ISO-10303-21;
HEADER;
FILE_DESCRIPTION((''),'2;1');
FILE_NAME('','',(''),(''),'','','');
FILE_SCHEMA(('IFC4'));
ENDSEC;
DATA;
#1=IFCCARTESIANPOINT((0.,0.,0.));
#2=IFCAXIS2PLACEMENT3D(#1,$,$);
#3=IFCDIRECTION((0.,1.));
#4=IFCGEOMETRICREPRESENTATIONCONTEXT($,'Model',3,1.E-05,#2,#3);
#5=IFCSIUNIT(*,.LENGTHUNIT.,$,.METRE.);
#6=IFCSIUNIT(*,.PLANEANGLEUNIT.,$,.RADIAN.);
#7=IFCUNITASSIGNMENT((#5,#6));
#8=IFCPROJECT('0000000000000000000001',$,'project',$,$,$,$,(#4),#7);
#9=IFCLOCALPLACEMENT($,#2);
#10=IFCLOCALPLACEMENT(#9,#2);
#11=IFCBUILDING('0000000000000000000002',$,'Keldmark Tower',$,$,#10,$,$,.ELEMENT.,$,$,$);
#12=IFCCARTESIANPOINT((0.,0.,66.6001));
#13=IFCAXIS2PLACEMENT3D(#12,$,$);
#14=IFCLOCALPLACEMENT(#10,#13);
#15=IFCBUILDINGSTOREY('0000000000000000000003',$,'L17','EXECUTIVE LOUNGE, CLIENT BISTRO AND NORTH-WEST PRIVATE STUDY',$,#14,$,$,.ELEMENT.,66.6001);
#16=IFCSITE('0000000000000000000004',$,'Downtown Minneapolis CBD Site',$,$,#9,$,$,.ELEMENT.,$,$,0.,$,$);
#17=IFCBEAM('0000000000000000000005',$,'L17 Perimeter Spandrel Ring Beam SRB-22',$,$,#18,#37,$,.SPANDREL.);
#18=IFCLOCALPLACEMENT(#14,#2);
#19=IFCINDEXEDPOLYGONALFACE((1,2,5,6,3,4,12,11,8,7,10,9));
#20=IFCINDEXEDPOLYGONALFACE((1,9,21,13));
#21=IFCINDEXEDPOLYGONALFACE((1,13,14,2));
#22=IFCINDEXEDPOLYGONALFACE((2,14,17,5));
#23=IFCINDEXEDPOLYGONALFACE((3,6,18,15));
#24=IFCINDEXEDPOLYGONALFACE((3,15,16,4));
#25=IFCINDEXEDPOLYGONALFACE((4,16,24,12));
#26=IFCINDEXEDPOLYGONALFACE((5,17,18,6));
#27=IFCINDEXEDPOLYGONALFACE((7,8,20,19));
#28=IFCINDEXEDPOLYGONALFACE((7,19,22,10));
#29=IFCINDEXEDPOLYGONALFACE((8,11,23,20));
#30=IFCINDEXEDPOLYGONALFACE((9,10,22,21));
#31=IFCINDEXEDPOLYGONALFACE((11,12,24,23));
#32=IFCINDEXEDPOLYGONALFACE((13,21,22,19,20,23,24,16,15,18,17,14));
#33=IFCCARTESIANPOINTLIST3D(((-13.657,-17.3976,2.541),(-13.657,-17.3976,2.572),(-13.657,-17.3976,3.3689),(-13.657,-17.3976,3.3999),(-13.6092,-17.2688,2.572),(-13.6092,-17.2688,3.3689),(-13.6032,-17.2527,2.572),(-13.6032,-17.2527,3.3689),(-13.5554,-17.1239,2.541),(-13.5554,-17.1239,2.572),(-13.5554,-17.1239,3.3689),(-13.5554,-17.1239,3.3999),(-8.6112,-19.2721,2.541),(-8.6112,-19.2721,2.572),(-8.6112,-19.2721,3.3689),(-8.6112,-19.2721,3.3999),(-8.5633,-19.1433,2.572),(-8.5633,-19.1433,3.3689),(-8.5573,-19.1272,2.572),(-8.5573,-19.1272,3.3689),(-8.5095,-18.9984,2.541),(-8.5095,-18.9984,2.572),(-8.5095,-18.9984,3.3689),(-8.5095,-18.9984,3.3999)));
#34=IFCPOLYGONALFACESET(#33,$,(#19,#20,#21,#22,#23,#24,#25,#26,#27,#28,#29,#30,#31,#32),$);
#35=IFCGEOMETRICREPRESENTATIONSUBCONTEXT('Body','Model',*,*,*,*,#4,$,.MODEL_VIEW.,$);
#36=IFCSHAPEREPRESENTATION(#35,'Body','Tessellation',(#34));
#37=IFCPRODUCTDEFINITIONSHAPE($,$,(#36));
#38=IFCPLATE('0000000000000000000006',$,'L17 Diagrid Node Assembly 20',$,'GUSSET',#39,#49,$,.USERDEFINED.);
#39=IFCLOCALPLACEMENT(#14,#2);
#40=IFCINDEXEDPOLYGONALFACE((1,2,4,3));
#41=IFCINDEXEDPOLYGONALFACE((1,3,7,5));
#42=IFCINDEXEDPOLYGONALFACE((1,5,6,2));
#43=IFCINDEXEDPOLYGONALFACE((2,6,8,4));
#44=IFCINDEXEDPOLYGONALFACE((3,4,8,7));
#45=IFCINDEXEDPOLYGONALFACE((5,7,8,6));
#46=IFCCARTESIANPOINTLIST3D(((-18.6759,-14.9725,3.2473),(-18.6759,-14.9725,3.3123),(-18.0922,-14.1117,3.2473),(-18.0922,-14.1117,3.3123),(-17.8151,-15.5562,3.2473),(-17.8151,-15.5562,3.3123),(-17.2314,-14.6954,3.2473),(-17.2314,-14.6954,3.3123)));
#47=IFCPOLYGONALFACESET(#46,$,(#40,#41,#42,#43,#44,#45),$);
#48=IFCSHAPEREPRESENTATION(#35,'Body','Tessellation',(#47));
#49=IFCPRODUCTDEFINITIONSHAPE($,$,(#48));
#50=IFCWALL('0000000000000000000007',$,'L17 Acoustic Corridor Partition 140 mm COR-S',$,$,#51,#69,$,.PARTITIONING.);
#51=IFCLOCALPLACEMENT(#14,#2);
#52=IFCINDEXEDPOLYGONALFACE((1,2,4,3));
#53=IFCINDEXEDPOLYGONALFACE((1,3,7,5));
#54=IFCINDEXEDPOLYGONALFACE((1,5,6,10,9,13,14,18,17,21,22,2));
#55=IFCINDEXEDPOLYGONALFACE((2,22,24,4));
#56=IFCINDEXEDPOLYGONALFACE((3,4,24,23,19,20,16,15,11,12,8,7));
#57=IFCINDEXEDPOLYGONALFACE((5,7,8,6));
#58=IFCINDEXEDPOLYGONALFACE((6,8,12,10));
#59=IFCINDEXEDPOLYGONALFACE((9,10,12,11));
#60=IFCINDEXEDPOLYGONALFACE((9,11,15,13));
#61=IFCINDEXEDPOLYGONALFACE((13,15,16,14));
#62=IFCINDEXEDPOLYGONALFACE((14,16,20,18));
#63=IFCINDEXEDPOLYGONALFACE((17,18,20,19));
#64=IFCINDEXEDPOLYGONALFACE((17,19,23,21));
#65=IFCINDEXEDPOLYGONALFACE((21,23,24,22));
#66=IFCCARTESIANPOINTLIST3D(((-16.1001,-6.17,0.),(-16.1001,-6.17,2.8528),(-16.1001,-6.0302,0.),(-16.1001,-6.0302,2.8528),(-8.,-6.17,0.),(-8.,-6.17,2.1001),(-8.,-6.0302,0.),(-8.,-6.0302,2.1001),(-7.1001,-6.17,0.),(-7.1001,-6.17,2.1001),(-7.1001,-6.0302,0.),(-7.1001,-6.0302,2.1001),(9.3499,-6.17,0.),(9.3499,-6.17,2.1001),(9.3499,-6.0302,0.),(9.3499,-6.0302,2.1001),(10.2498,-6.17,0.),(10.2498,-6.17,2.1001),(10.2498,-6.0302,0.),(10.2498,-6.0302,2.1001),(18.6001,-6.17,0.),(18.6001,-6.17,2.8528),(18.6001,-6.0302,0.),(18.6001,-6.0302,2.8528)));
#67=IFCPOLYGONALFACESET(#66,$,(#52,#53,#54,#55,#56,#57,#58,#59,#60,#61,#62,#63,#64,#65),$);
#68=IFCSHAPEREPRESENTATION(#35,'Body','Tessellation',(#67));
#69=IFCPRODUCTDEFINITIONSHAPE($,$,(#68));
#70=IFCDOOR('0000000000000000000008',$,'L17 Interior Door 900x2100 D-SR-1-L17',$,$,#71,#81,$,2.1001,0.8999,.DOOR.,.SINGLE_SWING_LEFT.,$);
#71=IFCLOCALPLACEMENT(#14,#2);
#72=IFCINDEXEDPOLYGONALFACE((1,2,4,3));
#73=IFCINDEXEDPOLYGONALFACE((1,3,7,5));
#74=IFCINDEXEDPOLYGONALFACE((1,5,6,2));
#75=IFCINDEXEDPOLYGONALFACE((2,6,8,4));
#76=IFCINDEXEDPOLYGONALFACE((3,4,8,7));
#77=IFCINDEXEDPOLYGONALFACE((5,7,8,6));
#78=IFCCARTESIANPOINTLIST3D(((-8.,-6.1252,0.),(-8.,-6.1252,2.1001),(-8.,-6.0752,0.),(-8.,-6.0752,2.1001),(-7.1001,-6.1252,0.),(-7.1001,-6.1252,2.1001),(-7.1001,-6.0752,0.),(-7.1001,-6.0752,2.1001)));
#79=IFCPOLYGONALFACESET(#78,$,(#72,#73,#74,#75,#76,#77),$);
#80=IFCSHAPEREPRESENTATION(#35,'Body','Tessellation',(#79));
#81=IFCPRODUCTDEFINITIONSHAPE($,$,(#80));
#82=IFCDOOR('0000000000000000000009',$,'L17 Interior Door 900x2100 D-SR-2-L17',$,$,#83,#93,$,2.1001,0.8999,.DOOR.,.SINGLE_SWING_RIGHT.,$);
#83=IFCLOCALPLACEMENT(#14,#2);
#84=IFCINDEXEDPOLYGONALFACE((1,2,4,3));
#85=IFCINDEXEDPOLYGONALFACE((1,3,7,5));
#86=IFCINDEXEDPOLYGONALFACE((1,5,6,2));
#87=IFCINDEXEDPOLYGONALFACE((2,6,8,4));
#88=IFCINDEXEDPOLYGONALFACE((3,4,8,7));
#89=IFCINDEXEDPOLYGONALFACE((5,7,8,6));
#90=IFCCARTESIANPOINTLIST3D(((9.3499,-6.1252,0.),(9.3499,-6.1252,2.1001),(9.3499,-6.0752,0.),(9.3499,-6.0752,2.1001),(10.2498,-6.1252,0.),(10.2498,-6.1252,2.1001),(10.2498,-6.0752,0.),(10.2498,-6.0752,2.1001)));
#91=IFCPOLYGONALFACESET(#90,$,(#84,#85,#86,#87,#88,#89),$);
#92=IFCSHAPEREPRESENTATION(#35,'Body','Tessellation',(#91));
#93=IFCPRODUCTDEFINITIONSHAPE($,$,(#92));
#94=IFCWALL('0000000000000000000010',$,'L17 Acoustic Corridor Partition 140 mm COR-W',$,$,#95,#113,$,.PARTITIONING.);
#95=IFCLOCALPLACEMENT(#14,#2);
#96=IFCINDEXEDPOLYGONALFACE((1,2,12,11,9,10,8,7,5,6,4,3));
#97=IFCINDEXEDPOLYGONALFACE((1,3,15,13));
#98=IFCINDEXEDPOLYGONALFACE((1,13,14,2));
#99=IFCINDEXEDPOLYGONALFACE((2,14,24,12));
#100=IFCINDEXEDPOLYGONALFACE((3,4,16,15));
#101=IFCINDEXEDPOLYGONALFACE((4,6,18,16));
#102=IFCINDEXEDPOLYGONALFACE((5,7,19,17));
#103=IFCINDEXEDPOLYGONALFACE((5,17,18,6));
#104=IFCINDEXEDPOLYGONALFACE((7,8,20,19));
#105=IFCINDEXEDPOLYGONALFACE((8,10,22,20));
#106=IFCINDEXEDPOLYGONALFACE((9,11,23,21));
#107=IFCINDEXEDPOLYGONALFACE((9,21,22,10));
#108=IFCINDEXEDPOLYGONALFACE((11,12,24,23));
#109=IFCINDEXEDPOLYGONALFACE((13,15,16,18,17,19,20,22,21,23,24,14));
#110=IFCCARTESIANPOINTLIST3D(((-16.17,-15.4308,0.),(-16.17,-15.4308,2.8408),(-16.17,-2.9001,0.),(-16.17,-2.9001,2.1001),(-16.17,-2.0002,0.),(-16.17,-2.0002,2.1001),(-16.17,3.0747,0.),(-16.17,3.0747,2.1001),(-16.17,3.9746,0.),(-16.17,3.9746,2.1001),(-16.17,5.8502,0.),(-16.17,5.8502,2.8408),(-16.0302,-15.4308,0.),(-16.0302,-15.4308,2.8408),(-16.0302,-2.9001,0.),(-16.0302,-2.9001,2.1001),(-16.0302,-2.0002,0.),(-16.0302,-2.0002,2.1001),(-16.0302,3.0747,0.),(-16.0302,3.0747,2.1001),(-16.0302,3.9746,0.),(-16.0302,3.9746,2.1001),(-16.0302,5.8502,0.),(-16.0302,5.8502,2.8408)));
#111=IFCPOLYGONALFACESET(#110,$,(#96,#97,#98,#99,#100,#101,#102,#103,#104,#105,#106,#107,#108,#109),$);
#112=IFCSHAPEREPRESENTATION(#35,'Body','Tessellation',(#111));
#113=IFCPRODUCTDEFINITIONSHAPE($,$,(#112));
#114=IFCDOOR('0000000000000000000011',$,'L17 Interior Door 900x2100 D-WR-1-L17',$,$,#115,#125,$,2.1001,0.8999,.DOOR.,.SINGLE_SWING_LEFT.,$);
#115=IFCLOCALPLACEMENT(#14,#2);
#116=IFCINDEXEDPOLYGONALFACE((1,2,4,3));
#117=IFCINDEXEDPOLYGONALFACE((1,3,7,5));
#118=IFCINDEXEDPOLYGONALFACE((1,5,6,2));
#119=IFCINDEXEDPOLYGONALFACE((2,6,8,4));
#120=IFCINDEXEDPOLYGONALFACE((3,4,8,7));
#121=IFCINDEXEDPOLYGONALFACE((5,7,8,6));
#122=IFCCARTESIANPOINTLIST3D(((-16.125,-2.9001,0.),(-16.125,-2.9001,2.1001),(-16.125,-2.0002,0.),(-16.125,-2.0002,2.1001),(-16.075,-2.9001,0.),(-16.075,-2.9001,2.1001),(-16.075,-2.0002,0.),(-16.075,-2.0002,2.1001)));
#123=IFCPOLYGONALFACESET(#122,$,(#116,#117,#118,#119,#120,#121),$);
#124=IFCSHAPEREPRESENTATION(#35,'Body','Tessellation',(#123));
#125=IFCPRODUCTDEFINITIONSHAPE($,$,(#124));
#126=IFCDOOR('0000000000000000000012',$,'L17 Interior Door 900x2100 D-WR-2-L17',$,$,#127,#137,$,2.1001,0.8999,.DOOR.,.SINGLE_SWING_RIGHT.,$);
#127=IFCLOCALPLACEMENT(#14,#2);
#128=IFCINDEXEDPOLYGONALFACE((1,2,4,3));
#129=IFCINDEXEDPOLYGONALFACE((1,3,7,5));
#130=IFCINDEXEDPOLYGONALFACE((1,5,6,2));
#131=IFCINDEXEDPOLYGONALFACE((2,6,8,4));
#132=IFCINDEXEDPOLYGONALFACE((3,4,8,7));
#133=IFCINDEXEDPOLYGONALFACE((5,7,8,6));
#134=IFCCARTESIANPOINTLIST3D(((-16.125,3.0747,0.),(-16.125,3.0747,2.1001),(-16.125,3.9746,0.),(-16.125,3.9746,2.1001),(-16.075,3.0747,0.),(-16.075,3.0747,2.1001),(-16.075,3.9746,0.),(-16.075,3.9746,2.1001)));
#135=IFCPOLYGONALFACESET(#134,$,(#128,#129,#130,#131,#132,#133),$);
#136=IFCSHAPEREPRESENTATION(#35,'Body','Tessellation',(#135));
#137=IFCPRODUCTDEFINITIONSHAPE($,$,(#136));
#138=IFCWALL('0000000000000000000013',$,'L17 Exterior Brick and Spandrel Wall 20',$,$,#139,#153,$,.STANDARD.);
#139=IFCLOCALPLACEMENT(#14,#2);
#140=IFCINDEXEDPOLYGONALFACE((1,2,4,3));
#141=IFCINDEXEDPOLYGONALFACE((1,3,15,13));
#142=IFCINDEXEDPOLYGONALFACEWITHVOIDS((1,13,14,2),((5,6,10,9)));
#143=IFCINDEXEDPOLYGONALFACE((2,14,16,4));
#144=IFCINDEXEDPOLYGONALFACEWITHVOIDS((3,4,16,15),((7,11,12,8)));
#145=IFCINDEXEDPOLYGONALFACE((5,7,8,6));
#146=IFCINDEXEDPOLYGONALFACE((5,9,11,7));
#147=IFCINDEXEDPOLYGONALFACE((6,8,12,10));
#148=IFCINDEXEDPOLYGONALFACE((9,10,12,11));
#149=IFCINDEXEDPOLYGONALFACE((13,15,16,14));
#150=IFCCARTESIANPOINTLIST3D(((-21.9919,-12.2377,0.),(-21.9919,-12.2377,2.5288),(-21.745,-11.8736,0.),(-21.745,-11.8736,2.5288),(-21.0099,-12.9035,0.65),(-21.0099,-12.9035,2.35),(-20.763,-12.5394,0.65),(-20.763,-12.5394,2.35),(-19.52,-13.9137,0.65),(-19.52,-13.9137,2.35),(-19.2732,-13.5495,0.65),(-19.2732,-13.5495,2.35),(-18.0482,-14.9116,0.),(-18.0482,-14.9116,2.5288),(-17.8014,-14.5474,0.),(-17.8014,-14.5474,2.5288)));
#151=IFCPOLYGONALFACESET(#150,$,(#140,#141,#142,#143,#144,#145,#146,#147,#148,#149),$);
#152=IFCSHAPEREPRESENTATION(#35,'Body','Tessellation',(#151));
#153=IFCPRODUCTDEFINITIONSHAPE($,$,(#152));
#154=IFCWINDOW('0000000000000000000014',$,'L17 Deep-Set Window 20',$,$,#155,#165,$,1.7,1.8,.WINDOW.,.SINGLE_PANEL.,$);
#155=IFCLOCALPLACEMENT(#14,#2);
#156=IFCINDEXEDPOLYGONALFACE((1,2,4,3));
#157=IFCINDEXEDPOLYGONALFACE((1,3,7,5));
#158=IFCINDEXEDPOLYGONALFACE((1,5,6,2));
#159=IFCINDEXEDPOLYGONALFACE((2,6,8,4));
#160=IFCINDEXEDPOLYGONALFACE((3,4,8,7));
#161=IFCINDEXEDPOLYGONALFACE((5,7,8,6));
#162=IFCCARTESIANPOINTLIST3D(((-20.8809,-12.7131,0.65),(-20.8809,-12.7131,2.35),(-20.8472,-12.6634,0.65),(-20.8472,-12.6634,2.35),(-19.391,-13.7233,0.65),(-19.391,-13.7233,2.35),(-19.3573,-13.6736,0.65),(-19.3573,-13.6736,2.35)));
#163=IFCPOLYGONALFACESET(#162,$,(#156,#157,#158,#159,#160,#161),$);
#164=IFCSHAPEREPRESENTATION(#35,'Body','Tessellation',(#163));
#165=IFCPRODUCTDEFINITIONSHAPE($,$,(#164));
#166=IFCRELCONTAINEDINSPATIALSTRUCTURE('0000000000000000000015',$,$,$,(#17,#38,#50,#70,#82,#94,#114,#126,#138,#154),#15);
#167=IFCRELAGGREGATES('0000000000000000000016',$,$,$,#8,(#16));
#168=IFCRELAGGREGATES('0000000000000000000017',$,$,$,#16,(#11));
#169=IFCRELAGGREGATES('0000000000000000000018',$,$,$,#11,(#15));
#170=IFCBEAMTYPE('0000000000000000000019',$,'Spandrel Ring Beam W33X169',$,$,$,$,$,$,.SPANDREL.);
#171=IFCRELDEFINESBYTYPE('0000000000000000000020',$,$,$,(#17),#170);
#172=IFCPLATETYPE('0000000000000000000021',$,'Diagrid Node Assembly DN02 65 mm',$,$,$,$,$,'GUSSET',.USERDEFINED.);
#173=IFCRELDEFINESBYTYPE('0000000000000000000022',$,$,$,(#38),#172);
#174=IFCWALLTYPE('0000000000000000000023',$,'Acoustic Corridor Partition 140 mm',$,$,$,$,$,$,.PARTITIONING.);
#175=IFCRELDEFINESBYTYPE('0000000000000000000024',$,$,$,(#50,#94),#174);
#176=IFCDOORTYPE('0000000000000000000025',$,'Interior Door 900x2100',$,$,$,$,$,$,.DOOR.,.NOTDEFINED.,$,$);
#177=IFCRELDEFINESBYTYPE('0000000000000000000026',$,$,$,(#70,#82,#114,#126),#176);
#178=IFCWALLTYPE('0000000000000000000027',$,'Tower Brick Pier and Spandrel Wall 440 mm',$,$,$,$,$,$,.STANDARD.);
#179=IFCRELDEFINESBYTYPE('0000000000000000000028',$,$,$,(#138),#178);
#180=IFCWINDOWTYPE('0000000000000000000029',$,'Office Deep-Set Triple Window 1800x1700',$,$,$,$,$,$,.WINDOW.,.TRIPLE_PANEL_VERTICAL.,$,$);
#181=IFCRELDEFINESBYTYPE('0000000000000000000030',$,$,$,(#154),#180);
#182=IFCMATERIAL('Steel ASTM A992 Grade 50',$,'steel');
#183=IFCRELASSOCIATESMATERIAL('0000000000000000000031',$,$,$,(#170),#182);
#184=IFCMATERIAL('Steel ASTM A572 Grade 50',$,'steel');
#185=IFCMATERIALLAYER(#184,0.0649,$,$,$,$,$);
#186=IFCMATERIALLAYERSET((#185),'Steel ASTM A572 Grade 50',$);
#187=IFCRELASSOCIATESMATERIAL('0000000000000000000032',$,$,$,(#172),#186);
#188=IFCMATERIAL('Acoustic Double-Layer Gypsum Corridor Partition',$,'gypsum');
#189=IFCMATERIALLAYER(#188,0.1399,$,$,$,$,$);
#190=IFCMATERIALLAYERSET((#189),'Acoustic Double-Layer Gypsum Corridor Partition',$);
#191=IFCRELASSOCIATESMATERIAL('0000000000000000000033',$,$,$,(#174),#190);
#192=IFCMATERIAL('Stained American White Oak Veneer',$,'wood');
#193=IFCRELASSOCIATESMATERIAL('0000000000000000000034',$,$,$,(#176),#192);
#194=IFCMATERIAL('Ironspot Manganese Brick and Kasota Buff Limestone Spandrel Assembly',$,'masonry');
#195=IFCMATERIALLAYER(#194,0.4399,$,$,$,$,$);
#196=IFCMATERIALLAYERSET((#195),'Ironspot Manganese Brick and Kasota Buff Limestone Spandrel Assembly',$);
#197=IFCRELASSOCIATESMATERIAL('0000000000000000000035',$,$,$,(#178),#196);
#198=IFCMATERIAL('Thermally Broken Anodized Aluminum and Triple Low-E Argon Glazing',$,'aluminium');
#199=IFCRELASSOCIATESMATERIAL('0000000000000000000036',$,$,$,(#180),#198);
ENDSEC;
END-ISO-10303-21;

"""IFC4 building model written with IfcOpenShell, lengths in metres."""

from ifc_helpers import new_model, si_unit, direction, frame, frame_2d, origin, origin_2d, place, context, subcontext, project, spatial, rectangle, i_section, extrude, material, layer, layer_set, material_profile, profile_set, type_object, element, fill, save


model = new_model("IFC4")

# Units and contexts
model_context = context("Model", 3, precision=1e-05, world=origin(), true_north=direction((0.0, 1.0)))
body_context = subcontext(model_context, "Body", "Model", "MODEL_VIEW")
ifc_project = project(units=[si_unit("LENGTHUNIT", "METRE"), si_unit("PLANEANGLEUNIT", "RADIAN")], contexts=[model_context])

# Site, building, storey
site_placement = place(None, origin())
site = spatial("IfcSite", under=ifc_project, at=site_placement, Name="Downtown Minneapolis CBD Site", CompositionType="ELEMENT", RefElevation=0.0)
building_placement = place(site_placement, origin())
building = spatial("IfcBuilding", under=site, at=building_placement, Name="Keldmark Tower", CompositionType="ELEMENT")
storey_placement = place(building_placement, frame((0.0, 0.0, 66.6001)))
storey = spatial("IfcBuildingStorey", under=building, at=storey_placement, Name="L17", Description="EXECUTIVE LOUNGE, CLIENT BISTRO AND NORTH-WEST PRIVATE STUDY", CompositionType="ELEMENT", Elevation=66.6001)

# Beam
ifc_material_1 = material(Name="Steel ASTM A992 Grade 50", Category="steel")
ifc_material_profile_1 = material_profile(ifc_material_1, i_section(OverallWidth=0.292, OverallDepth=0.8589, WebThickness=0.0171, FlangeThickness=0.031, at=origin_2d()), Name="W33X169")
ifc_profile_set_1 = profile_set([ifc_material_profile_1], Name="Steel ASTM A992 Grade 50")
beam_type_1 = type_object("IfcBeamType", Name="Spandrel Ring Beam W33X169", PredefinedType="SPANDREL", material=ifc_profile_set_1)
beam_1_placement = place(storey_placement, frame((-13.6062, -17.2607, 2.9705), z_axis=(0.937406, -0.348239, 0.0), x_axis=(0.348239, 0.937406, 0.0)))
element("IfcBeam", 1, at=beam_1_placement, inside=storey, type_object=beam_type_1, Name="L17 Perimeter Spandrel Ring Beam SRB-22", PredefinedType="SPANDREL", context=body_context, shape_type="SweptSolid", body=[
    extrude(i_section(OverallWidth=0.292, OverallDepth=0.8589, WebThickness=0.0171, FlangeThickness=0.031, at=origin_2d()), origin(), (0.0, 0.0, 1.0), 5.3828),
])

# Plate
ifc_material_2 = material(Name="Steel ASTM A572 Grade 50", Category="steel")
ifc_layer_1 = layer(ifc_material_2, 0.0649)
ifc_layer_set_1 = layer_set([ifc_layer_1], Name="Steel ASTM A572 Grade 50")
plate_type = type_object("IfcPlateType", Name="Diagrid Node Assembly DN02 65 mm", ElementType="GUSSET", PredefinedType="USERDEFINED", material=ifc_layer_set_1)
plate_placement = place(storey_placement, frame((-17.9536, -14.834, 3.2473), z_axis=(0.0, 0.0, 1.0), x_axis=(0.827669, -0.561217, 0.0)))
element("IfcPlate", 2, at=plate_placement, inside=storey, type_object=plate_type, Name="L17 Diagrid Node Assembly 20", ObjectType="GUSSET", PredefinedType="USERDEFINED", context=body_context, shape_type="SweptSolid", body=[
    extrude(rectangle(XDim=1.04, YDim=1.04, at=origin_2d()), origin(), (0.0, 0.0, 1.0), 0.0649),
])

# Walls, openings, doors
ifc_material_3 = material(Name="Acoustic Double-Layer Gypsum Corridor Partition", Category="gypsum")
ifc_layer_2 = layer(ifc_material_3, 0.1399)
ifc_layer_set_2 = layer_set([ifc_layer_2], Name="Acoustic Double-Layer Gypsum Corridor Partition")
wall_type_1 = type_object("IfcWallType", Name="Acoustic Corridor Partition 140 mm", PredefinedType="PARTITIONING", material=ifc_layer_set_2)
wall_1_placement = place(storey_placement, frame((-16.1001, -6.1001, 0.0), z_axis=(0.0, 0.0, 1.0), x_axis=(1.0, 0.0, 0.0)))
wall_1 = element("IfcWall", 3, at=wall_1_placement, inside=storey, type_object=wall_type_1, Name="L17 Acoustic Corridor Partition 140 mm COR-S", PredefinedType="PARTITIONING", context=body_context, shape_type="SweptSolid", body=[
    extrude(rectangle(XDim=34.7002, YDim=0.1399, at=frame_2d((17.3501, 0.0))), origin(), (0.0, 0.0, 1.0), 2.8528),
])
opening_1_placement = place(wall_1_placement, frame((8.1001, 0.0, 0.0)))
opening_1 = element("IfcOpeningElement", 4, at=opening_1_placement, cuts=wall_1, PredefinedType="OPENING", context=body_context, shape_type="SweptSolid", body=[
    extrude(rectangle(XDim=0.8999, YDim=2.1001, at=frame_2d((0.45, 1.05))), frame((0.0, 0.0798, 0.0), z_axis=(0.0, -1.0, 0.0), x_axis=(1.0, 0.0, 0.0)), (0.0, 0.0, 1.0), 0.1599),
])
opening_2_placement = place(wall_1_placement, frame((25.45, 0.0, 0.0)))
opening_2 = element("IfcOpeningElement", 5, at=opening_2_placement, cuts=wall_1, PredefinedType="OPENING", context=body_context, shape_type="SweptSolid", body=[
    extrude(rectangle(XDim=0.8999, YDim=2.1001, at=frame_2d((0.45, 1.05))), frame((0.0, 0.0798, 0.0), z_axis=(0.0, -1.0, 0.0), x_axis=(1.0, 0.0, 0.0)), (0.0, 0.0, 1.0), 0.1599),
])
ifc_material_4 = material(Name="Stained American White Oak Veneer", Category="wood")
door_type = type_object("IfcDoorType", Name="Interior Door 900x2100", OperationType="NOTDEFINED", PredefinedType="DOOR", material=ifc_material_4)
door_1_placement = place(opening_1_placement, origin())
door_1 = element("IfcDoor", 6, at=door_1_placement, inside=storey, type_object=door_type, Name="L17 Interior Door 900x2100 D-SR-1-L17", OperationType="SINGLE_SWING_LEFT", OverallHeight=2.1001, OverallWidth=0.8999, PredefinedType="DOOR", context=body_context, shape_type="SweptSolid", body=[
    extrude(rectangle(XDim=0.8999, YDim=2.1001, at=frame_2d((0.45, 1.05))), frame((0.0, 0.0249, 0.0), z_axis=(0.0, -1.0, 0.0), x_axis=(1.0, 0.0, 0.0)), (0.0, 0.0, 1.0), 0.05),
])
fill(opening_1, door_1)
door_2_placement = place(opening_2_placement, origin())
door_2 = element("IfcDoor", 7, at=door_2_placement, inside=storey, type_object=door_type, Name="L17 Interior Door 900x2100 D-SR-2-L17", OperationType="SINGLE_SWING_RIGHT", OverallHeight=2.1001, OverallWidth=0.8999, PredefinedType="DOOR", context=body_context, shape_type="SweptSolid", body=[
    extrude(rectangle(XDim=0.8999, YDim=2.1001, at=frame_2d((0.45, 1.05))), frame((0.0, 0.0249, 0.0), z_axis=(0.0, -1.0, 0.0), x_axis=(1.0, 0.0, 0.0)), (0.0, 0.0, 1.0), 0.05),
])
fill(opening_2, door_2)
wall_2_placement = place(storey_placement, frame((-16.1001, -15.4309, 0.0), z_axis=(0.0, 0.0, 1.0), x_axis=(0.0, 1.0, 0.0)))
wall_2 = element("IfcWall", 8, at=wall_2_placement, inside=storey, type_object=wall_type_1, Name="L17 Acoustic Corridor Partition 140 mm COR-W", PredefinedType="PARTITIONING", context=body_context, shape_type="SweptSolid", body=[
    extrude(rectangle(XDim=21.281, YDim=0.1399, at=frame_2d((10.6406, 0.0))), origin(), (0.0, 0.0, 1.0), 2.8408),
])
opening_3_placement = place(wall_2_placement, frame((12.5308, 0.0, 0.0)))
opening_3 = element("IfcOpeningElement", 9, at=opening_3_placement, cuts=wall_2, PredefinedType="OPENING", context=body_context, shape_type="SweptSolid", body=[
    extrude(rectangle(XDim=0.8999, YDim=2.1001, at=frame_2d((0.45, 1.05))), frame((0.0, 0.0798, 0.0), z_axis=(0.0, -1.0, 0.0), x_axis=(1.0, 0.0, 0.0)), (0.0, 0.0, 1.0), 0.1599),
])
opening_4_placement = place(wall_2_placement, frame((18.5056, 0.0, 0.0)))
opening_4 = element("IfcOpeningElement", 10, at=opening_4_placement, cuts=wall_2, PredefinedType="OPENING", context=body_context, shape_type="SweptSolid", body=[
    extrude(rectangle(XDim=0.8999, YDim=2.1001, at=frame_2d((0.45, 1.05))), frame((0.0, 0.0798, 0.0), z_axis=(0.0, -1.0, 0.0), x_axis=(1.0, 0.0, 0.0)), (0.0, 0.0, 1.0), 0.1599),
])
door_3_placement = place(opening_3_placement, origin())
door_3 = element("IfcDoor", 11, at=door_3_placement, inside=storey, type_object=door_type, Name="L17 Interior Door 900x2100 D-WR-1-L17", OperationType="SINGLE_SWING_LEFT", OverallHeight=2.1001, OverallWidth=0.8999, PredefinedType="DOOR", context=body_context, shape_type="SweptSolid", body=[
    extrude(rectangle(XDim=0.8999, YDim=2.1001, at=frame_2d((0.45, 1.05))), frame((0.0, 0.0249, 0.0), z_axis=(0.0, -1.0, 0.0), x_axis=(1.0, 0.0, 0.0)), (0.0, 0.0, 1.0), 0.05),
])
fill(opening_3, door_3)
door_4_placement = place(opening_4_placement, origin())
door_4 = element("IfcDoor", 12, at=door_4_placement, inside=storey, type_object=door_type, Name="L17 Interior Door 900x2100 D-WR-2-L17", OperationType="SINGLE_SWING_RIGHT", OverallHeight=2.1001, OverallWidth=0.8999, PredefinedType="DOOR", context=body_context, shape_type="SweptSolid", body=[
    extrude(rectangle(XDim=0.8999, YDim=2.1001, at=frame_2d((0.45, 1.05))), frame((0.0, 0.0249, 0.0), z_axis=(0.0, -1.0, 0.0), x_axis=(1.0, 0.0, 0.0)), (0.0, 0.0, 1.0), 0.05),
])
fill(opening_4, door_4)

# Wall, opening, window
ifc_material_5 = material(Name="Ironspot Manganese Brick and Kasota Buff Limestone Spandrel Assembly", Category="masonry")
ifc_layer_3 = layer(ifc_material_5, 0.4399)
ifc_layer_set_3 = layer_set([ifc_layer_3], Name="Ironspot Manganese Brick and Kasota Buff Limestone Spandrel Assembly")
wall_type_2 = type_object("IfcWallType", Name="Tower Brick Pier and Spandrel Wall 440 mm", PredefinedType="STANDARD", material=ifc_layer_set_3)
wall_3_placement = place(storey_placement, frame((-17.9248, -14.7295, 0.0), z_axis=(0.0, 0.0, 1.0), x_axis=(-0.827689, 0.561187, 0.0)))
wall_3 = element("IfcWall", 13, at=wall_3_placement, inside=storey, type_object=wall_type_2, Name="L17 Exterior Brick and Spandrel Wall 20", PredefinedType="STANDARD", context=body_context, shape_type="SweptSolid", body=[
    extrude(rectangle(XDim=4.7646, YDim=0.4399, at=frame_2d((2.3823, 0.0))), origin(), (0.0, 0.0, 1.0), 2.5288),
])
opening_5_placement = place(wall_3_placement, frame((1.7783, 0.0, 0.6499)))
opening_5 = element("IfcOpeningElement", 14, at=opening_5_placement, cuts=wall_3, PredefinedType="OPENING", context=body_context, shape_type="SweptSolid", body=[
    extrude(rectangle(XDim=1.8, YDim=1.7, at=frame_2d((0.8999, 0.8501))), frame((0.0, 0.23, 0.0), z_axis=(0.0, -1.0, 0.0), x_axis=(1.0, 0.0, 0.0)), (0.0, 0.0, 1.0), 0.46),
])
ifc_material_6 = material(Name="Thermally Broken Anodized Aluminum and Triple Low-E Argon Glazing", Category="aluminium")
window_type = type_object("IfcWindowType", Name="Office Deep-Set Triple Window 1800x1700", PartitioningType="TRIPLE_PANEL_VERTICAL", PredefinedType="WINDOW", material=ifc_material_6)
window_placement = place(opening_5_placement, origin())
window = element("IfcWindow", 15, at=window_placement, inside=storey, type_object=window_type, Name="L17 Deep-Set Window 20", OverallHeight=1.7, OverallWidth=1.8, PartitioningType="SINGLE_PANEL", PredefinedType="WINDOW", context=body_context, shape_type="SweptSolid", body=[
    extrude(rectangle(XDim=1.8, YDim=1.7, at=frame_2d((0.8999, 0.8501))), frame((0.0, -0.01, 0.0), z_axis=(0.0, -1.0, 0.0), x_axis=(1.0, 0.0, 0.0)), (0.0, 0.0, 1.0), 0.0601),
])
fill(opening_5, window)

save(model, "model.ifc")
